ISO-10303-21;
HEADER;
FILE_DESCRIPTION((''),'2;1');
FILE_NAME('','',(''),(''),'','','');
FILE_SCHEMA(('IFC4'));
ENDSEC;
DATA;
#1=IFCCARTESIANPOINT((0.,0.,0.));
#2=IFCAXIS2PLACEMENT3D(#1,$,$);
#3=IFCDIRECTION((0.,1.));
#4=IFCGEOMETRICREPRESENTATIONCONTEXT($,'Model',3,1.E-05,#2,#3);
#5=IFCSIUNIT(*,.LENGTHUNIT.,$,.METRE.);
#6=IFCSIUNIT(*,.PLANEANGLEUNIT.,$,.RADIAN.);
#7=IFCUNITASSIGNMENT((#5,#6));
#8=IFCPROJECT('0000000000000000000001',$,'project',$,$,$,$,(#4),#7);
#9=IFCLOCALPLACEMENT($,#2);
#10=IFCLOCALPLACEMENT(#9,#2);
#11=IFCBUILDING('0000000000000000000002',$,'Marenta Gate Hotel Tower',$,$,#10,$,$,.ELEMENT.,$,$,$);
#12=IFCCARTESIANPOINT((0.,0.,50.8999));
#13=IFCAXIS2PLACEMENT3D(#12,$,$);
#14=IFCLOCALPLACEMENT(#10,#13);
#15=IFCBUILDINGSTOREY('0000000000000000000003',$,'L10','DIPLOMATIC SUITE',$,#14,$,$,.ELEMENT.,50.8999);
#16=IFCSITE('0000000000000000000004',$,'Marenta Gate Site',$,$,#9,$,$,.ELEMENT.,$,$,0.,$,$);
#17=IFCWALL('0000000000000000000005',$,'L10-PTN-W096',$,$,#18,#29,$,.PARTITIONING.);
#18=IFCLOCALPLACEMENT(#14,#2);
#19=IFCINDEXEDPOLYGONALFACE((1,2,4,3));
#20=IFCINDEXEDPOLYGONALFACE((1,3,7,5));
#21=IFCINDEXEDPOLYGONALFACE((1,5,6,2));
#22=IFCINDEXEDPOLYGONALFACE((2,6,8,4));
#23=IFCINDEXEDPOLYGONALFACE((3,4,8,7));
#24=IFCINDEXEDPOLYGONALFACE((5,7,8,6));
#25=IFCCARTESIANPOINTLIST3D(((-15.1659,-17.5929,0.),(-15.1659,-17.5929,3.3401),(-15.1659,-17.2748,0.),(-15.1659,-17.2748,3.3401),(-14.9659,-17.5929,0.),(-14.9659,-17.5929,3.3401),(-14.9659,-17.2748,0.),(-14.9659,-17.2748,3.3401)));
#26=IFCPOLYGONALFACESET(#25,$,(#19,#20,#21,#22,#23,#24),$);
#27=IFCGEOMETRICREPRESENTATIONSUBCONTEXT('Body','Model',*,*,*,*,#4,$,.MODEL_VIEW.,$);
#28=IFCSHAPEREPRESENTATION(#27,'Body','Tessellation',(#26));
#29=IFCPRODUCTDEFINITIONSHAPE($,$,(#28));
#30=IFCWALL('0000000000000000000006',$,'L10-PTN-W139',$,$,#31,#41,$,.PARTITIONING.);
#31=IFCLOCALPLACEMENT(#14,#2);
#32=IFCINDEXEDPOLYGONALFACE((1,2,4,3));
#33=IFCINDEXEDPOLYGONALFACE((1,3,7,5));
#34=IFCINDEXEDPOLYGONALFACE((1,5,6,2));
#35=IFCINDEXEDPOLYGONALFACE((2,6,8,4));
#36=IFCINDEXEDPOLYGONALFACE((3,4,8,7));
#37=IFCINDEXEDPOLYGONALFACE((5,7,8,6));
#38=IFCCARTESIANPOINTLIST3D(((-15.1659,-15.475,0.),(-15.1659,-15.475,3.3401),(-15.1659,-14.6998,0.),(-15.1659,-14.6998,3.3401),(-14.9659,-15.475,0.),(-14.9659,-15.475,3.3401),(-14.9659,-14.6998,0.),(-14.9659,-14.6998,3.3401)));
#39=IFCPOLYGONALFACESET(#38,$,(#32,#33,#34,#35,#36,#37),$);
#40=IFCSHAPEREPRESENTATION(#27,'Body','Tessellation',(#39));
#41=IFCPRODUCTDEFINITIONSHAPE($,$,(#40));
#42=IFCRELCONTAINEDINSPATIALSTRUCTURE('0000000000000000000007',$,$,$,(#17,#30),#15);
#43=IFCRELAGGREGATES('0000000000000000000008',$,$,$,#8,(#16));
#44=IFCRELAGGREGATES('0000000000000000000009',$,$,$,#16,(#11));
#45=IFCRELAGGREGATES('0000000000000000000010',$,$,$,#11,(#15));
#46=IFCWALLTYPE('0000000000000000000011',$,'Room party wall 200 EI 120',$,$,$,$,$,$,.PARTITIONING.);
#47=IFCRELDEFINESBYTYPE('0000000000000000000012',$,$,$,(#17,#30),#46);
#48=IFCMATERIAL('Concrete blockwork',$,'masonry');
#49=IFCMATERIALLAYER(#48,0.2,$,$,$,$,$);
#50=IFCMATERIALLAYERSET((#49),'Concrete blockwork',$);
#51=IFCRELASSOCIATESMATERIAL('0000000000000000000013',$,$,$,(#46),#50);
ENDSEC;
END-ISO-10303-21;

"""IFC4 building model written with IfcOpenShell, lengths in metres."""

from ifc_helpers import new_model, si_unit, direction, frame, frame_2d, origin, place, context, subcontext, project, spatial, rectangle, extrude, material, layer, layer_set, type_object, element, save


model = new_model("IFC4")

# Units and contexts
model_context = context("Model", 3, precision=1e-05, world=origin(), true_north=direction((0.0, 1.0)))
body_context = subcontext(model_context, "Body", "Model", "MODEL_VIEW")
ifc_project = project(units=[si_unit("LENGTHUNIT", "METRE"), si_unit("PLANEANGLEUNIT", "RADIAN")], contexts=[model_context])

# Site, building, storey
site_placement = place(None, origin())
site = spatial("IfcSite", under=ifc_project, at=site_placement, Name="Marenta Gate Site", CompositionType="ELEMENT", RefElevation=0.0)
building_placement = place(site_placement, origin())
building = spatial("IfcBuilding", under=site, at=building_placement, Name="Marenta Gate Hotel Tower", CompositionType="ELEMENT")
storey_placement = place(building_placement, frame((0.0, 0.0, 50.8999)))
storey = spatial("IfcBuildingStorey", under=building, at=storey_placement, Name="L10", Description="DIPLOMATIC SUITE", CompositionType="ELEMENT", Elevation=50.8999)

# Walls
ifc_material_1 = material(Name="Concrete blockwork", Category="masonry")
ifc_layer_1 = layer(ifc_material_1, 0.2)
ifc_layer_set_1 = layer_set([ifc_layer_1], Name="Concrete blockwork")
wall_type_1 = type_object("IfcWallType", Name="Room party wall 200 EI 120", PredefinedType="PARTITIONING", material=ifc_layer_set_1)
wall_1_placement = place(storey_placement, frame((-15.0659, -17.593, 0.0), z_axis=(0.0, 0.0, 1.0), x_axis=(0.0, 1.0, 0.0)))
element("IfcWall", 1, at=wall_1_placement, inside=storey, type_object=wall_type_1, Name="L10-PTN-W096", PredefinedType="PARTITIONING", context=body_context, shape_type="SweptSolid", body=[
    extrude(rectangle(XDim=0.3181, YDim=0.2, at=frame_2d((0.1592, 0.0))), origin(), (0.0, 0.0, 1.0), 3.3401),
])
wall_2_placement = place(storey_placement, frame((-15.0659, -15.4751, 0.0), z_axis=(0.0, 0.0, 1.0), x_axis=(0.0, 1.0, 0.0)))
element("IfcWall", 2, at=wall_2_placement, inside=storey, type_object=wall_type_1, Name="L10-PTN-W139", PredefinedType="PARTITIONING", context=body_context, shape_type="SweptSolid", body=[
    extrude(rectangle(XDim=0.7751, YDim=0.2, at=frame_2d((0.3877, 0.0))), origin(), (0.0, 0.0, 1.0), 3.3401),
])

save(model, "model.ifc")
